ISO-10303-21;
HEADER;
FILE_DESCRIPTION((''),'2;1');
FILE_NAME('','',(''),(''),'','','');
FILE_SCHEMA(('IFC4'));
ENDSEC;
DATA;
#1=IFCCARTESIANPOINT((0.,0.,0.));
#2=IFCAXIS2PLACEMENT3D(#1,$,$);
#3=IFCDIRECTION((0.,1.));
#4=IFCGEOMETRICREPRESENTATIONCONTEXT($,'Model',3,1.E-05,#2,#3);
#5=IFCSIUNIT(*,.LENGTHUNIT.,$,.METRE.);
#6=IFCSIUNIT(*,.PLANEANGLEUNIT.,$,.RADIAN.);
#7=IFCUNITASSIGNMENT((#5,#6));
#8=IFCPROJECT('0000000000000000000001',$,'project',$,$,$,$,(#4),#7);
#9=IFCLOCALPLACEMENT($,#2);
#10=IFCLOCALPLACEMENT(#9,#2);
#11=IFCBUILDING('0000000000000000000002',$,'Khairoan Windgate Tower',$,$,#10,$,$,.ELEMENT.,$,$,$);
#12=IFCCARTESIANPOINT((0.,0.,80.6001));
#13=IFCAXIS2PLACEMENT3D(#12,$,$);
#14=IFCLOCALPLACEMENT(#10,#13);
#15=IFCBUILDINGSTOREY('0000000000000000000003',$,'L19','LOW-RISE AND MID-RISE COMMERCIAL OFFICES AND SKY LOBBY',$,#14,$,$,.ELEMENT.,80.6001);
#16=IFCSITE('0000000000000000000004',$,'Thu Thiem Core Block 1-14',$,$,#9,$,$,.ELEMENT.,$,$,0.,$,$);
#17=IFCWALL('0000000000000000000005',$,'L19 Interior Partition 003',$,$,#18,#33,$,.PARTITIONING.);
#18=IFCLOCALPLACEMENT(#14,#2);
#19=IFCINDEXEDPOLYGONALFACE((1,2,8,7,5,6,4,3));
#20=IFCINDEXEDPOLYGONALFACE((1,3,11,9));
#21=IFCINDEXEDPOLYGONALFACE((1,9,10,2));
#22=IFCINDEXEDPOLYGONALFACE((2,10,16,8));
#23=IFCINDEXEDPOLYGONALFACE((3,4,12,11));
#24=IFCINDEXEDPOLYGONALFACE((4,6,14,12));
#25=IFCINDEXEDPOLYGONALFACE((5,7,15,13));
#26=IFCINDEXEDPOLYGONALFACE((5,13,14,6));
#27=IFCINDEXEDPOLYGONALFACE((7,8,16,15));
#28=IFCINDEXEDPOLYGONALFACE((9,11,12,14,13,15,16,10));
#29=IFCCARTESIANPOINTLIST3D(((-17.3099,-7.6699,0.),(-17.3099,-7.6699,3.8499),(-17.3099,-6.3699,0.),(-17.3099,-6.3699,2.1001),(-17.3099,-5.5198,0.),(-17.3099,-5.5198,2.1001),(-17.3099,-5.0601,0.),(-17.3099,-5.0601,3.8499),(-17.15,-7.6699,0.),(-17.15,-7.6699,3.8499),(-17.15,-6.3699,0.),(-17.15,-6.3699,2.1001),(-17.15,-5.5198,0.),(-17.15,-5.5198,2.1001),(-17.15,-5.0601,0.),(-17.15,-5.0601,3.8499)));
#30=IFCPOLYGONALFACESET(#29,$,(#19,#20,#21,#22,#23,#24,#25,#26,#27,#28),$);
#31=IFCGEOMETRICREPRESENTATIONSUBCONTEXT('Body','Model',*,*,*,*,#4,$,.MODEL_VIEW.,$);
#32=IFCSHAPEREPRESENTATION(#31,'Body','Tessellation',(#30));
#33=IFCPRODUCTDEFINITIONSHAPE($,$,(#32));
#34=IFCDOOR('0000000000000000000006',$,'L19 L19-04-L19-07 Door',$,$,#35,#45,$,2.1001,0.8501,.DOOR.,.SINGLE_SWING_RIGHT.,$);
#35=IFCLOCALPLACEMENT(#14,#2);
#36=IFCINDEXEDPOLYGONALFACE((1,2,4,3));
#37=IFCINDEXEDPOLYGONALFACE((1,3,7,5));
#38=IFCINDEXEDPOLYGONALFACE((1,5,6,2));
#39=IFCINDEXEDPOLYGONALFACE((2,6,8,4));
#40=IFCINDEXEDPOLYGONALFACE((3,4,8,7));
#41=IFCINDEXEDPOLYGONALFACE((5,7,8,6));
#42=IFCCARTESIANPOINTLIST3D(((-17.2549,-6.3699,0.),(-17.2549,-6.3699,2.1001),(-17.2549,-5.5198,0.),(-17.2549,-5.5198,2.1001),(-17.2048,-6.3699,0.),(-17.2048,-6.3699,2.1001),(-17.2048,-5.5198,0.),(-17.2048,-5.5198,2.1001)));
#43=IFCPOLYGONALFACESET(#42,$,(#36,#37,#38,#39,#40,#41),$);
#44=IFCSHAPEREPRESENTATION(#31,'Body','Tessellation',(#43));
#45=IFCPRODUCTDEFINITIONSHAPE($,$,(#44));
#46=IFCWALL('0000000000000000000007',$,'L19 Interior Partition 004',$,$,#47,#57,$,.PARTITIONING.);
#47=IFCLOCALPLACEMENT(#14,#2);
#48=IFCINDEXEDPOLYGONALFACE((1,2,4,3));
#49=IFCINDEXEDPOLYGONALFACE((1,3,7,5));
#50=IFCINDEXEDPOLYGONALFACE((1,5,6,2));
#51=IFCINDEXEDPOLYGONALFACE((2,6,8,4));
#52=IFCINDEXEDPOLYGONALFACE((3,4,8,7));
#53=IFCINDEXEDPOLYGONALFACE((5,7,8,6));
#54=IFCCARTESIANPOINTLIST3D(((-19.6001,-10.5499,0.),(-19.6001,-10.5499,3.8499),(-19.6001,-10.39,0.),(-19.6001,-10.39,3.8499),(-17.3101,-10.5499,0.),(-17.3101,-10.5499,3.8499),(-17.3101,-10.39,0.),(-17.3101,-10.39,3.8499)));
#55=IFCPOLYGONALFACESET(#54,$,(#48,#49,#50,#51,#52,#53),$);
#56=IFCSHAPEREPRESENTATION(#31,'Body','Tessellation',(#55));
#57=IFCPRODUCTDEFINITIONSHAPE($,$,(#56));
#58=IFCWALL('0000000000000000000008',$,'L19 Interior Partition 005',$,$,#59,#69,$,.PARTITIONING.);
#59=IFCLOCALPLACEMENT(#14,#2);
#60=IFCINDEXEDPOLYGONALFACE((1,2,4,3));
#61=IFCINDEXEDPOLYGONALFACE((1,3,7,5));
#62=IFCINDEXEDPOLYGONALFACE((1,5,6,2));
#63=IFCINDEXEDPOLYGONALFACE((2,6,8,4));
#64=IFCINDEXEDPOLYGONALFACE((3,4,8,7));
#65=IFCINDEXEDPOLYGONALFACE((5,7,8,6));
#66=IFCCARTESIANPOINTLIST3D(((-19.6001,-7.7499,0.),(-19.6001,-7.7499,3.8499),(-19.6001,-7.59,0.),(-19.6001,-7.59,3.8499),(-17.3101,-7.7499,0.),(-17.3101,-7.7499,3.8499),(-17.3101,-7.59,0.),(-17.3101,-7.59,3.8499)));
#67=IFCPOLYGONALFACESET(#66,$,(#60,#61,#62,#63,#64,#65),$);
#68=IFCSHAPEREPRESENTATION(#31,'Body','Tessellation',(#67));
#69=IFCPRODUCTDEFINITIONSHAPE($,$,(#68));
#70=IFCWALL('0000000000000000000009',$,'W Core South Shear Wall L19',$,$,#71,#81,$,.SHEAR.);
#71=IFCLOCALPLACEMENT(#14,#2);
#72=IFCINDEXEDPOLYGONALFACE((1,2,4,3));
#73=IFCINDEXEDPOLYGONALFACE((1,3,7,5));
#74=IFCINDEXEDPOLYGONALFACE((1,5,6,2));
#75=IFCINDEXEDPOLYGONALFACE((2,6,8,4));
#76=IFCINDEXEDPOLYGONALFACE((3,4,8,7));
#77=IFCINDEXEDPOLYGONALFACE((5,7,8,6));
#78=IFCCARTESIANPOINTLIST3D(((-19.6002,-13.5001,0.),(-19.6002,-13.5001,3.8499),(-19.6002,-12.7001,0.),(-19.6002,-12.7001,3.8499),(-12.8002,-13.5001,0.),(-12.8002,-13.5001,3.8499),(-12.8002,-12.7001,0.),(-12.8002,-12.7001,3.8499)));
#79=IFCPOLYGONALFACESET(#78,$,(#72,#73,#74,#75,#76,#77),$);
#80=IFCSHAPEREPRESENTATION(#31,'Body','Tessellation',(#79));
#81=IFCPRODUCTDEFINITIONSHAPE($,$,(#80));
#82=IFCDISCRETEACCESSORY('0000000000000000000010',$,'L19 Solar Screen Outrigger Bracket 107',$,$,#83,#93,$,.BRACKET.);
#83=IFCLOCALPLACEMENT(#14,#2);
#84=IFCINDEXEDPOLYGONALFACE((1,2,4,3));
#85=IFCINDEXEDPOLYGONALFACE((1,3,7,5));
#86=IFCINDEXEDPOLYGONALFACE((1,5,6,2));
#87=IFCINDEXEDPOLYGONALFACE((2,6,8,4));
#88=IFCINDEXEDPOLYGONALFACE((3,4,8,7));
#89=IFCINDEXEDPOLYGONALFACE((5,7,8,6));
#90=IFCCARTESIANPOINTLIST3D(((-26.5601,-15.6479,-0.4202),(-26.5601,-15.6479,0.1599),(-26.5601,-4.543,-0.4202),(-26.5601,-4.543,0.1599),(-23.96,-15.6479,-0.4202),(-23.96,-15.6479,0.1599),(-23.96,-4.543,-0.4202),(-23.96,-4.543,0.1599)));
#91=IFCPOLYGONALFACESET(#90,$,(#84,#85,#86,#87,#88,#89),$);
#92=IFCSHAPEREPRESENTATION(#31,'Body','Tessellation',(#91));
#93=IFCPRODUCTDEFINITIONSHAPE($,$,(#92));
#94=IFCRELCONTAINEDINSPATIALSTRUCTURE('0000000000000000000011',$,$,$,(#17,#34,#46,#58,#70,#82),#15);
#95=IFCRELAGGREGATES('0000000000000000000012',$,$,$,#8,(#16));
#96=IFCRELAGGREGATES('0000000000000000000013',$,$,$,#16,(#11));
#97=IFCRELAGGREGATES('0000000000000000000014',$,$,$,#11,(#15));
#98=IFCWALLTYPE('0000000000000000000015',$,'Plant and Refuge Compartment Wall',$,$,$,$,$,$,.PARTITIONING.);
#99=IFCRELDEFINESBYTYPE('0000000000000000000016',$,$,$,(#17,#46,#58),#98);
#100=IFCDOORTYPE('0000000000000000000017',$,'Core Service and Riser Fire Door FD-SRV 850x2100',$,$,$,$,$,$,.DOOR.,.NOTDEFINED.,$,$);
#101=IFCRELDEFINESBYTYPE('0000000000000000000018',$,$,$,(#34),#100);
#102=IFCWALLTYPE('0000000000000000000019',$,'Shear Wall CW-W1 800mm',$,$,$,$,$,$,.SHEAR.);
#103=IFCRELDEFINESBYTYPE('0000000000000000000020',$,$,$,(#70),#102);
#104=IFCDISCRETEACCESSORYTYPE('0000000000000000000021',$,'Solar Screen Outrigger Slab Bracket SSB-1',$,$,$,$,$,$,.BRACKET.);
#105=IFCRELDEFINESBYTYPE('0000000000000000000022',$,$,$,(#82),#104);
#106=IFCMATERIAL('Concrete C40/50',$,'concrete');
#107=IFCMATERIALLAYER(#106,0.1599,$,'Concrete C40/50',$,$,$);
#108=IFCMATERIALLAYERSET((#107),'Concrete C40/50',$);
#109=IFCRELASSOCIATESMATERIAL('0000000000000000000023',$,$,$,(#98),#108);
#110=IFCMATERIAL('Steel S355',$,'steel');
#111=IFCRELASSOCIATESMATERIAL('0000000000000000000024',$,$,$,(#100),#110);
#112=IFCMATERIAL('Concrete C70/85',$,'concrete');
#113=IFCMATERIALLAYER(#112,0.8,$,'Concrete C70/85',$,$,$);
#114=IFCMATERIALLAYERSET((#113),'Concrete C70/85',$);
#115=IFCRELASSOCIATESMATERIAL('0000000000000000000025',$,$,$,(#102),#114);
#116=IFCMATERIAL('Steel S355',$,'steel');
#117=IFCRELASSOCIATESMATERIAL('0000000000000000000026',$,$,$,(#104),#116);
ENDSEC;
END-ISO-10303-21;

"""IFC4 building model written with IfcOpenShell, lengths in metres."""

from ifc_helpers import new_model, si_unit, direction, frame, frame_2d, origin, origin_2d, place, context, subcontext, project, spatial, rectangle, extrude, material, layer, layer_set, type_object, element, fill, save


model = new_model("IFC4")

# Units and contexts
model_context = context("Model", 3, precision=1e-05, world=origin(), true_north=direction((0.0, 1.0)))
body_context = subcontext(model_context, "Body", "Model", "MODEL_VIEW")
ifc_project = project(units=[si_unit("LENGTHUNIT", "METRE"), si_unit("PLANEANGLEUNIT", "RADIAN")], contexts=[model_context])

# Site, building, storey
site_placement = place(None, origin())
site = spatial("IfcSite", under=ifc_project, at=site_placement, Name="Thu Thiem Core Block 1-14", CompositionType="ELEMENT", RefElevation=0.0)
building_placement = place(site_placement, origin())
building = spatial("IfcBuilding", under=site, at=building_placement, Name="Khairoan Windgate Tower", CompositionType="ELEMENT")
storey_placement = place(building_placement, frame((0.0, 0.0, 80.6001)))
storey = spatial("IfcBuildingStorey", under=building, at=storey_placement, Name="L19", Description="LOW-RISE AND MID-RISE COMMERCIAL OFFICES AND SKY LOBBY", CompositionType="ELEMENT", Elevation=80.6001)

# Wall, opening, door
ifc_material_1 = material(Name="Concrete C40/50", Category="concrete")
ifc_layer_1 = layer(ifc_material_1, 0.1599, Name="Concrete C40/50")
ifc_layer_set_1 = layer_set([ifc_layer_1], Name="Concrete C40/50")
wall_type_1 = type_object("IfcWallType", Name="Plant and Refuge Compartment Wall", PredefinedType="PARTITIONING", material=ifc_layer_set_1)
ifc_material_2 = material(Name="Steel S355", Category="steel")
door_type_1 = type_object("IfcDoorType", Name="Core Service and Riser Fire Door FD-SRV 850x2100", OperationType="NOTDEFINED", PredefinedType="DOOR", material=ifc_material_2)
wall_1_placement = place(storey_placement, frame((-17.23, -7.6699, 0.0), z_axis=(0.0, 0.0, 1.0), x_axis=(0.0, 1.0, 0.0)))
wall_1 = element("IfcWall", 1, at=wall_1_placement, inside=storey, type_object=wall_type_1, Name="L19 Interior Partition 003", PredefinedType="PARTITIONING", context=body_context, shape_type="SweptSolid", body=[
    extrude(rectangle(XDim=2.6099, YDim=0.1599, at=frame_2d((1.3049, 0.0))), origin(), (0.0, 0.0, 1.0), 3.8499),
])
opening_1_placement = place(wall_1_placement, frame((1.3, 0.0, 0.0)))
opening_1 = element("IfcOpeningElement", 2, at=opening_1_placement, cuts=wall_1, PredefinedType="OPENING", context=body_context, shape_type="SweptSolid", body=[
    extrude(rectangle(XDim=0.8501, YDim=2.1001, at=frame_2d((0.425, 1.05))), frame((0.0, 0.0898, 0.0), z_axis=(0.0, -1.0, 0.0), x_axis=(1.0, 0.0, 0.0)), (0.0, 0.0, 1.0), 0.1799),
])
door_1_placement = place(opening_1_placement, origin())
door_1 = element("IfcDoor", 3, at=door_1_placement, inside=storey, type_object=door_type_1, Name="L19 L19-04-L19-07 Door", OperationType="SINGLE_SWING_RIGHT", OverallHeight=2.1001, OverallWidth=0.8501, PredefinedType="DOOR", context=body_context, shape_type="SweptSolid", body=[
    extrude(rectangle(XDim=0.8501, YDim=2.1001, at=frame_2d((0.425, 1.05))), frame((0.0, 0.0249, 0.0), z_axis=(0.0, -1.0, 0.0), x_axis=(1.0, 0.0, 0.0)), (0.0, 0.0, 1.0), 0.05),
])
fill(opening_1, door_1)

# Walls
for number, where, z_axis, x_axis, name in (
    (4, (-19.6001, -10.47, 0.0), (0.0, 0.0, 1.0), (1.0, 0.0, 0.0), "L19 Interior Partition 004"),
    (5, (-19.6001, -7.6699, 0.0), (0.0, 0.0, 1.0), (1.0, 0.0, 0.0), "L19 Interior Partition 005"),
):
    element("IfcWall", number, at=place(storey_placement, frame(where, z_axis=z_axis, x_axis=x_axis)), inside=storey, type_object=wall_type_1, Name=name, PredefinedType="PARTITIONING", context=body_context, shape_type="SweptSolid", body=[
        extrude(rectangle(XDim=2.29, YDim=0.1599, at=frame_2d((1.145, 0.0))), origin(), (0.0, 0.0, 1.0), 3.8499),
    ])
ifc_material_3 = material(Name="Concrete C70/85", Category="concrete")
ifc_layer_2 = layer(ifc_material_3, 0.8, Name="Concrete C70/85")
ifc_layer_set_2 = layer_set([ifc_layer_2], Name="Concrete C70/85")
wall_type_2 = type_object("IfcWallType", Name="Shear Wall CW-W1 800mm", PredefinedType="SHEAR", material=ifc_layer_set_2)
wall_2_placement = place(storey_placement, frame((-19.6001, -13.1001, 0.0), z_axis=(0.0, 0.0, 1.0), x_axis=(1.0, 0.0, 0.0)))
element("IfcWall", 6, at=wall_2_placement, inside=storey, type_object=wall_type_2, Name="W Core South Shear Wall L19", PredefinedType="SHEAR", context=body_context, shape_type="SweptSolid", body=[
    extrude(rectangle(XDim=6.8, YDim=0.8, at=frame_2d((3.3999, 0.0))), origin(), (0.0, 0.0, 1.0), 3.8499),
])

# Discrete accessory
ifc_material_4 = material(Name="Steel S355", Category="steel")
discrete_accessory_type = type_object("IfcDiscreteAccessoryType", Name="Solar Screen Outrigger Slab Bracket SSB-1", PredefinedType="BRACKET", material=ifc_material_4)
discrete_accessory_placement = place(storey_placement, frame((-25.26, -10.0955, -0.4202), z_axis=(0.0, 0.0, 1.0), x_axis=(0.0, 1.0, 0.0)))
element("IfcDiscreteAccessory", 7, at=discrete_accessory_placement, inside=storey, type_object=discrete_accessory_type, Name="L19 Solar Screen Outrigger Bracket 107", PredefinedType="BRACKET", context=body_context, shape_type="SweptSolid", body=[
    extrude(rectangle(XDim=11.105, YDim=2.6001, at=origin_2d()), origin(), (0.0, 0.0, 1.0), 0.5801),
])

save(model, "model.ifc")
